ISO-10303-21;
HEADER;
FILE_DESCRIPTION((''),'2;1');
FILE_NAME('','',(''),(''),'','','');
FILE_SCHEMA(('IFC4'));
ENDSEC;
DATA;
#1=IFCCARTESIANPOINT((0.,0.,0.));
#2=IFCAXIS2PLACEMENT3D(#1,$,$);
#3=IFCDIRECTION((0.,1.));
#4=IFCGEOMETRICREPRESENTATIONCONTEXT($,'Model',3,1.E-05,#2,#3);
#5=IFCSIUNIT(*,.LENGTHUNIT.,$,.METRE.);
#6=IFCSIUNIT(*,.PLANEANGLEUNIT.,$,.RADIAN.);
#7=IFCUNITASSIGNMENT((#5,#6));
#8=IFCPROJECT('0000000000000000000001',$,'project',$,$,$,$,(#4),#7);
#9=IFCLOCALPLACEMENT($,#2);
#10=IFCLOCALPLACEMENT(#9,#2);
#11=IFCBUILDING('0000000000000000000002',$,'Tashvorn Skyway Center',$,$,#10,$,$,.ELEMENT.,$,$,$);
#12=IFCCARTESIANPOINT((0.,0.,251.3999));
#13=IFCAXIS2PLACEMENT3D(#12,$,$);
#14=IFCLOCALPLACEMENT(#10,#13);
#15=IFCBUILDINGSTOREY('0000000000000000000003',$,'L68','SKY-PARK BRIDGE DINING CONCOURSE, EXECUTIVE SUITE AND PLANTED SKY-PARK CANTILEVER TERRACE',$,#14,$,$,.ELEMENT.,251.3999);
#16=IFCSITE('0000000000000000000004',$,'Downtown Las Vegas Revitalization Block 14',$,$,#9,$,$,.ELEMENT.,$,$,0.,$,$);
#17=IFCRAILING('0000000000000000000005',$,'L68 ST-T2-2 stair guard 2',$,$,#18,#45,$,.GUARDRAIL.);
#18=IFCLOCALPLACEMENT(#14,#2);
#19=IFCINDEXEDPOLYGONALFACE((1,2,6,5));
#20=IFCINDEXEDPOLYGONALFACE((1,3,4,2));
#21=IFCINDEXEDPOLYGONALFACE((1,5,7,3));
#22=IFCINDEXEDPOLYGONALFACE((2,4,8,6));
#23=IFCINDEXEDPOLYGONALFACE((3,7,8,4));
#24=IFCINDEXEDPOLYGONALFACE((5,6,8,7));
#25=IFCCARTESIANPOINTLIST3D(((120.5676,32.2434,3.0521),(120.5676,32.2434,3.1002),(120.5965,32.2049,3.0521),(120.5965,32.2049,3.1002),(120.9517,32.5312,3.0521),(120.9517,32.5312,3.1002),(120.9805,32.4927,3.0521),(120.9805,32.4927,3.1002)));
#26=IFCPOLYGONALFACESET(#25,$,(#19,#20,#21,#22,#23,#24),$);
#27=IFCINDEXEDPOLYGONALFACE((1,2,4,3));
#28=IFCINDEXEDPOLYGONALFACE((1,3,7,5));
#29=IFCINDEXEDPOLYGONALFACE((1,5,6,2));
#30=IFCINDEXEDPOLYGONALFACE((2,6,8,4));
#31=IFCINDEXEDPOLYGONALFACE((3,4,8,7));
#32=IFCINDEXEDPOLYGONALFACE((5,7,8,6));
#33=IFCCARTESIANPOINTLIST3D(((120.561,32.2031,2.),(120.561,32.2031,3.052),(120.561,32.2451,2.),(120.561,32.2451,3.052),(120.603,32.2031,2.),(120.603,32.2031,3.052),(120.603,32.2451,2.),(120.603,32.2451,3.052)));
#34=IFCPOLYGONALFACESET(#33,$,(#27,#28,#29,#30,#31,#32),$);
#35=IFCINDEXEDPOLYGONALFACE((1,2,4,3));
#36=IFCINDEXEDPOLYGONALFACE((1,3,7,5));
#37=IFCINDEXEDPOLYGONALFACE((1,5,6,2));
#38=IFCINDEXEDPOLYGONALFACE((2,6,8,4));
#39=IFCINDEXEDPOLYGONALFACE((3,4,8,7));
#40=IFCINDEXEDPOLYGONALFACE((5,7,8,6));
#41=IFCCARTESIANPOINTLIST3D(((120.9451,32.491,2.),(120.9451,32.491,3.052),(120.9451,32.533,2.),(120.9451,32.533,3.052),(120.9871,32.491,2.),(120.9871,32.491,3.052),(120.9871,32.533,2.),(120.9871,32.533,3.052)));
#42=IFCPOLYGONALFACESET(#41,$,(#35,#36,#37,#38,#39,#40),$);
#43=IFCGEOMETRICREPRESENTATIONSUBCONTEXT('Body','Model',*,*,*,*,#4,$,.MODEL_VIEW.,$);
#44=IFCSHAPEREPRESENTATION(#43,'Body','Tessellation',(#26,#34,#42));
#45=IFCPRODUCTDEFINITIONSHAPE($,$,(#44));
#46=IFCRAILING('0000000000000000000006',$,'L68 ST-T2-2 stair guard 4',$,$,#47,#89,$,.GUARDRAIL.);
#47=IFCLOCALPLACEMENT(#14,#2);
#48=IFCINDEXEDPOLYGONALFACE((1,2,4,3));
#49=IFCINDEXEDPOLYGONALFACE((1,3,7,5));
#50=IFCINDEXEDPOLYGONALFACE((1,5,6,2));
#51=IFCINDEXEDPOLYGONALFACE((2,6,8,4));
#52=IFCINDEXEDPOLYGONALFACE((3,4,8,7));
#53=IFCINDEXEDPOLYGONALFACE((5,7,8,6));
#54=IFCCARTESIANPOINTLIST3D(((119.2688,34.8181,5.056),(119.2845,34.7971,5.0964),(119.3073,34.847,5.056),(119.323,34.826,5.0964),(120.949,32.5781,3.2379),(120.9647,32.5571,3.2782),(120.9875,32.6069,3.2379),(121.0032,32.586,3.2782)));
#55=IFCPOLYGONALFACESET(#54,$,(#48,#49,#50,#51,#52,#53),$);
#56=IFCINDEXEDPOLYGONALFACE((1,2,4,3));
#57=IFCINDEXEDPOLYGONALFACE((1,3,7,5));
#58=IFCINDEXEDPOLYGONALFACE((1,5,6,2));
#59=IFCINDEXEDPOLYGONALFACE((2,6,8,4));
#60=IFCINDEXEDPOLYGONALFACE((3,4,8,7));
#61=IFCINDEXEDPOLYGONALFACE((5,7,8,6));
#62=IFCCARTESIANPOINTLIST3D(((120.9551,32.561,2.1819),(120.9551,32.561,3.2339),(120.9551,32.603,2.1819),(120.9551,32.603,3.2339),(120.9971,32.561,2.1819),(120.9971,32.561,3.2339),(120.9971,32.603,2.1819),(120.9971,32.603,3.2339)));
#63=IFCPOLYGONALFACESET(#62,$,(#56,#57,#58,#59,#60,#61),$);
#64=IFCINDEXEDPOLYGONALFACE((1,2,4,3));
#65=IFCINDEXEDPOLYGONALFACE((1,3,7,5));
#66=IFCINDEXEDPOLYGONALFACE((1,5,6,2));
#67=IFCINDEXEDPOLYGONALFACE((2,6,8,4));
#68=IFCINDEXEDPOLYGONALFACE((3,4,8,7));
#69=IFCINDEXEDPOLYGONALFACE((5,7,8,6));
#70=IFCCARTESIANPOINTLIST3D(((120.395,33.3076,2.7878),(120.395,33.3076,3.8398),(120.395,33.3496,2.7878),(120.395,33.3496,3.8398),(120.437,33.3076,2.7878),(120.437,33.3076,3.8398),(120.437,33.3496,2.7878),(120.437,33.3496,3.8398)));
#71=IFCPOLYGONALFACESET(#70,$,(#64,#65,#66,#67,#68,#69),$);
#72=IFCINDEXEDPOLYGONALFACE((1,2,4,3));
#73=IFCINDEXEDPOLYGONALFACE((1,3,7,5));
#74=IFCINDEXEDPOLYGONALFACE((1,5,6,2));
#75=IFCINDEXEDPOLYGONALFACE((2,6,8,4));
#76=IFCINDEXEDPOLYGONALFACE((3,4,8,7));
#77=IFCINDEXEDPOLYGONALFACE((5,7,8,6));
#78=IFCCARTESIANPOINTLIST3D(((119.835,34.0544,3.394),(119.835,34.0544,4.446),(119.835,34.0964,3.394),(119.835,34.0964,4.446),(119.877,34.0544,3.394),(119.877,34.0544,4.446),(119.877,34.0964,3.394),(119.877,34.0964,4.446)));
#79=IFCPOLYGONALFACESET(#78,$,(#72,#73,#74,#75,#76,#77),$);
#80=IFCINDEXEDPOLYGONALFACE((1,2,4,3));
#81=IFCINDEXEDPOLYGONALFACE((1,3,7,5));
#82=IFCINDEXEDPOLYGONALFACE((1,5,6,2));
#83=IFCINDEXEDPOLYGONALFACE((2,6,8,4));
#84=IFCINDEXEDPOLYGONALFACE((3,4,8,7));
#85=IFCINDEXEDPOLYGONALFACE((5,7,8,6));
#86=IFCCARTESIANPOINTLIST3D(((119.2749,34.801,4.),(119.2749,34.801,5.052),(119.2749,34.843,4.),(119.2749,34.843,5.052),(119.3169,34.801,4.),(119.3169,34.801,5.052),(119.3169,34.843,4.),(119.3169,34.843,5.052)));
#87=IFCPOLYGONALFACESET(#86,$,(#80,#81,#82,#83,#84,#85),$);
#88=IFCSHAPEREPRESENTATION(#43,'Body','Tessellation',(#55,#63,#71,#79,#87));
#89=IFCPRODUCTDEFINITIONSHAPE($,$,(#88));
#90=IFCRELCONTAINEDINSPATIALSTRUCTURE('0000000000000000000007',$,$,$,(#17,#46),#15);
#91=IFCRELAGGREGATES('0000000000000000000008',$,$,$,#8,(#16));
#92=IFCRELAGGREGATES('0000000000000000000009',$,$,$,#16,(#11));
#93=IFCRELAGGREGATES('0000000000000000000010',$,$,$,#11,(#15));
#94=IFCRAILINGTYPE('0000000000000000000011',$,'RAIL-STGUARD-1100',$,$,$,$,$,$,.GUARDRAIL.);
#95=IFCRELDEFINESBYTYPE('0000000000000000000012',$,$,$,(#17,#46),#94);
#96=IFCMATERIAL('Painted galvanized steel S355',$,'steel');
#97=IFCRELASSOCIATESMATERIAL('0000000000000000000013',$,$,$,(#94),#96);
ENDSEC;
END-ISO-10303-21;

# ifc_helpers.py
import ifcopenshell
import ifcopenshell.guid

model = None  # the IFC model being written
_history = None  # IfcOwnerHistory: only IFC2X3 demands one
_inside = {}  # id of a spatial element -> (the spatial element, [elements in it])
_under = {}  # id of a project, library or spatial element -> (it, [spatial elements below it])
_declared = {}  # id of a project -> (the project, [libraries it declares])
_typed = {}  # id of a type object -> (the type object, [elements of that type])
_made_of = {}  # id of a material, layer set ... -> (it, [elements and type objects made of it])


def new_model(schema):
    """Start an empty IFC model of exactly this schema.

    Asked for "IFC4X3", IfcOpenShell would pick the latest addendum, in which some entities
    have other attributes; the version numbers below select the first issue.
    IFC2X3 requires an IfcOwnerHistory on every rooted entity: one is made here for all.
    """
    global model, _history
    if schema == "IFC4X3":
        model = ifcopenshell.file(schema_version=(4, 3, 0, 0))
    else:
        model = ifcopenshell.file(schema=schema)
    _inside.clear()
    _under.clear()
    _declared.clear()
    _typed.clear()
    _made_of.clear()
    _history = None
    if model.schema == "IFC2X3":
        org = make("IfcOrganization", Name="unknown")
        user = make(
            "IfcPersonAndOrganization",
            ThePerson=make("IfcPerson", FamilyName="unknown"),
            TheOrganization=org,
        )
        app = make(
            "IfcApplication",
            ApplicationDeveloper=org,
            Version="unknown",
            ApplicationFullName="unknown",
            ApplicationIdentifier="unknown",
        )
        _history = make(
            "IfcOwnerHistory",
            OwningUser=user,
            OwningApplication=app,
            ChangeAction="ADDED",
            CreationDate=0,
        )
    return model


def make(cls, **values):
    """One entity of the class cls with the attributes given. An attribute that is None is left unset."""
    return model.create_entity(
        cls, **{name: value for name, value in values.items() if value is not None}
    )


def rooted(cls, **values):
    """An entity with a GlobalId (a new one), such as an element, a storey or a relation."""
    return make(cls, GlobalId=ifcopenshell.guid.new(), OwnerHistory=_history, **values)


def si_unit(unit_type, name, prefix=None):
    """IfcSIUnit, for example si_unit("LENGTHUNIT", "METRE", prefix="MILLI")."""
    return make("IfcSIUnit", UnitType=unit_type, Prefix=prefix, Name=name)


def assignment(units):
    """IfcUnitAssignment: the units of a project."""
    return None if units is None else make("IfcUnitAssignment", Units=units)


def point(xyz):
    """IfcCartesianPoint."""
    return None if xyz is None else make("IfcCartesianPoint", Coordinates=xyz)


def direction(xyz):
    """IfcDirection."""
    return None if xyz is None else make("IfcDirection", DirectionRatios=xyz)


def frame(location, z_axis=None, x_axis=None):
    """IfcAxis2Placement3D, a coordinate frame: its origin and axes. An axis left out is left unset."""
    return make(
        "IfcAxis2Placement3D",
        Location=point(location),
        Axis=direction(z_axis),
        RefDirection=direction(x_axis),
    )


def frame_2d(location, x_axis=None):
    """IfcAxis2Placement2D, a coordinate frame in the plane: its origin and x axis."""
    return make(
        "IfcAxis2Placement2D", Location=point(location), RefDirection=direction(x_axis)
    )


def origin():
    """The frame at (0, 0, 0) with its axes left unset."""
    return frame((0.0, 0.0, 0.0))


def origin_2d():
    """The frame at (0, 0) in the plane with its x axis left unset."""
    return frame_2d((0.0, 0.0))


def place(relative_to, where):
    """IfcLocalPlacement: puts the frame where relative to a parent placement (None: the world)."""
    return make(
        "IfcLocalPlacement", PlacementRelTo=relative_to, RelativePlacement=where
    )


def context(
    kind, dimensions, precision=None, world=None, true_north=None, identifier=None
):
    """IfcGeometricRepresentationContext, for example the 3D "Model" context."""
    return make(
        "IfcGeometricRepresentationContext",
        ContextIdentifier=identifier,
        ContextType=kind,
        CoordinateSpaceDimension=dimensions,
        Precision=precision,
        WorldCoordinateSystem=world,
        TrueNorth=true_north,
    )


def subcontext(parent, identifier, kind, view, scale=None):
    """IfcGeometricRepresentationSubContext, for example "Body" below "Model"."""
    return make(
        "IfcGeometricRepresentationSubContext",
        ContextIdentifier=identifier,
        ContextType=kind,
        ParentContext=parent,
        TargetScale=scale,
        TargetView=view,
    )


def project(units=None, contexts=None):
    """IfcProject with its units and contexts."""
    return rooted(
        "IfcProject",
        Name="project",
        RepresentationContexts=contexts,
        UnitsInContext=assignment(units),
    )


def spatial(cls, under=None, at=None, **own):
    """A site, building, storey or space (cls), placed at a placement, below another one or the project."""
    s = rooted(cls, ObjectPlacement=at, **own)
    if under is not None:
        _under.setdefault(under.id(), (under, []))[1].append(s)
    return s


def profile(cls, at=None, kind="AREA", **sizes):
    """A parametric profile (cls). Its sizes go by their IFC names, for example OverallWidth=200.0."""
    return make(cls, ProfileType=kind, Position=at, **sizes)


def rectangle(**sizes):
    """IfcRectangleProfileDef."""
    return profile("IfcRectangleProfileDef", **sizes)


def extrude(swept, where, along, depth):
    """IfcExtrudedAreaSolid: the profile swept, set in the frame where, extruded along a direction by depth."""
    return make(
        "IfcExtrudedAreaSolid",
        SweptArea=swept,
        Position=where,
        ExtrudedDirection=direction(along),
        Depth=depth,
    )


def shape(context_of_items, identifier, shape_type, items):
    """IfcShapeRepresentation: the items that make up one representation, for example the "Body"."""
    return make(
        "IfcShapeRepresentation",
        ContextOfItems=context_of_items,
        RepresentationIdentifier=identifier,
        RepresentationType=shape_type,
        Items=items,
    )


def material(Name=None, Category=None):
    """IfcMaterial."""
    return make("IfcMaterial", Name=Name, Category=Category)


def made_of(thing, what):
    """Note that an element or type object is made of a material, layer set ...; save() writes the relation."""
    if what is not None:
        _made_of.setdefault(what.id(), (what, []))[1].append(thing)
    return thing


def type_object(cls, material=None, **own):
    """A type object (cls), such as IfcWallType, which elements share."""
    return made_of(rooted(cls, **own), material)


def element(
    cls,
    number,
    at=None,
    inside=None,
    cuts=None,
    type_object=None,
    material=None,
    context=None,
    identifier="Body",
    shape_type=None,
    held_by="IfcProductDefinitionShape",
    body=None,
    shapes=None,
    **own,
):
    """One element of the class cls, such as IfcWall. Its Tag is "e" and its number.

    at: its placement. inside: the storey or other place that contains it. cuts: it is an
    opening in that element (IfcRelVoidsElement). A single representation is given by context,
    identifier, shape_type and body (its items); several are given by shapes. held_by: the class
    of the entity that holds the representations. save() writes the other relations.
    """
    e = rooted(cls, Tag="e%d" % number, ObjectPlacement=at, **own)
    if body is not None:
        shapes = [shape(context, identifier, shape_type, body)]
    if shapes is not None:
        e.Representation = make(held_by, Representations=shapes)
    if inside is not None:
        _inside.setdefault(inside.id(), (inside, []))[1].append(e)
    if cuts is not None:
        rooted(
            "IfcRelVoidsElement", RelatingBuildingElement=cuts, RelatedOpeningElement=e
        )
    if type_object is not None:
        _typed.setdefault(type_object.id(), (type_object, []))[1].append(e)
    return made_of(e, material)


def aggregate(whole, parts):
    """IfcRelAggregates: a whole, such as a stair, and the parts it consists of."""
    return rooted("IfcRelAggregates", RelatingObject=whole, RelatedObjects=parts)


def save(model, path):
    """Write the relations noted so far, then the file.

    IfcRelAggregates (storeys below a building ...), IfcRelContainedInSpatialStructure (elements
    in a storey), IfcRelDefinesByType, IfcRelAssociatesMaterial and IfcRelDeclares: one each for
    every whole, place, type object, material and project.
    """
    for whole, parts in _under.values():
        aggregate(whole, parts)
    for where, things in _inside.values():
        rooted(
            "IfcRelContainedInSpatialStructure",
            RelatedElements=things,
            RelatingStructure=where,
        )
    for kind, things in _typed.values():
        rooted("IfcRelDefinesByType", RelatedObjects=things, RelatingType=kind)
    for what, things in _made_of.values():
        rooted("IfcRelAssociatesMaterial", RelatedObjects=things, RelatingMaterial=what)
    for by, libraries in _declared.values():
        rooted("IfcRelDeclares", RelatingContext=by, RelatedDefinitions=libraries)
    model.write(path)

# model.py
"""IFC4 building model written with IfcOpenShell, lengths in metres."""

from ifc_helpers import new_model, si_unit, direction, frame, origin, origin_2d, place, context, subcontext, project, spatial, rectangle, extrude, material, type_object, element, save


model = new_model("IFC4")

# Units and contexts
model_context = context("Model", 3, precision=1e-05, world=origin(), true_north=direction((0.0, 1.0)))
body_context = subcontext(model_context, "Body", "Model", "MODEL_VIEW")
ifc_project = project(units=[si_unit("LENGTHUNIT", "METRE"), si_unit("PLANEANGLEUNIT", "RADIAN")], contexts=[model_context])

# Site, building, storey
site_placement = place(None, origin())
site = spatial("IfcSite", under=ifc_project, at=site_placement, Name="Downtown Las Vegas Revitalization Block 14", CompositionType="ELEMENT", RefElevation=0.0)
building_placement = place(site_placement, origin())
building = spatial("IfcBuilding", under=site, at=building_placement, Name="Tashvorn Skyway Center", CompositionType="ELEMENT")
storey_placement = place(building_placement, frame((0.0, 0.0, 251.3999)))
storey = spatial("IfcBuildingStorey", under=building, at=storey_placement, Name="L68", Description="SKY-PARK BRIDGE DINING CONCOURSE, EXECUTIVE SUITE AND PLANTED SKY-PARK CANTILEVER TERRACE", CompositionType="ELEMENT", Elevation=251.3999)

# Railings
ifc_material_1 = material(Name="Painted galvanized steel S355", Category="steel")
railing_type = type_object("IfcRailingType", Name="RAIL-STGUARD-1100", PredefinedType="GUARDRAIL", material=ifc_material_1)
railing_1_placement = place(storey_placement, frame((120.582, 32.2241, 2.0)))
element("IfcRailing", 1, at=railing_1_placement, inside=storey, type_object=railing_type, Name="L68 ST-T2-2 stair guard 2", PredefinedType="GUARDRAIL", context=body_context, shape_type="SweptSolid", body=[
    extrude(rectangle(XDim=0.0481, YDim=0.0481, at=origin_2d()), frame((0.0, 0.0, 1.0762), z_axis=(0.800183, 0.599756, 0.0), x_axis=(-0.599756, 0.800183, 0.0)), (0.0, 0.0, 1.0), 0.48),
    extrude(rectangle(XDim=0.042, YDim=0.042, at=origin_2d()), origin(), (0.0, 0.0, 1.0), 1.052),
    extrude(rectangle(XDim=0.042, YDim=0.042, at=origin_2d()), frame((0.384, 0.2878, 0.0)), (0.0, 0.0, 1.0), 1.052),
])
railing_2_placement = place(storey_placement, frame((120.9761, 32.582, 2.1819)))
element("IfcRailing", 2, at=railing_2_placement, inside=storey, type_object=railing_type, Name="L68 ST-T2-2 stair guard 4", PredefinedType="GUARDRAIL", context=body_context, shape_type="SweptSolid", body=[
    extrude(rectangle(XDim=0.0481, YDim=0.0481, at=origin_2d()), frame((0.0, 0.0, 1.0762), z_axis=(-0.503261, 0.670942, 0.544578), x_axis=(-0.799969, -0.600042, 0.0)), (0.0, 0.0, 1.0), 3.3386),
    extrude(rectangle(XDim=0.042, YDim=0.042, at=origin_2d()), origin(), (0.0, 0.0, 1.0), 1.052),
    extrude(rectangle(XDim=0.042, YDim=0.042, at=origin_2d()), frame((-0.5601, 0.7466, 0.606)), (0.0, 0.0, 1.0), 1.052),
    extrude(rectangle(XDim=0.042, YDim=0.042, at=origin_2d()), frame((-1.1201, 1.4934, 1.2122)), (0.0, 0.0, 1.0), 1.052),
    extrude(rectangle(XDim=0.042, YDim=0.042, at=origin_2d()), frame((-1.6802, 2.24, 1.8181)), (0.0, 0.0, 1.0), 1.052),
])

save(model, "model.ifc")
